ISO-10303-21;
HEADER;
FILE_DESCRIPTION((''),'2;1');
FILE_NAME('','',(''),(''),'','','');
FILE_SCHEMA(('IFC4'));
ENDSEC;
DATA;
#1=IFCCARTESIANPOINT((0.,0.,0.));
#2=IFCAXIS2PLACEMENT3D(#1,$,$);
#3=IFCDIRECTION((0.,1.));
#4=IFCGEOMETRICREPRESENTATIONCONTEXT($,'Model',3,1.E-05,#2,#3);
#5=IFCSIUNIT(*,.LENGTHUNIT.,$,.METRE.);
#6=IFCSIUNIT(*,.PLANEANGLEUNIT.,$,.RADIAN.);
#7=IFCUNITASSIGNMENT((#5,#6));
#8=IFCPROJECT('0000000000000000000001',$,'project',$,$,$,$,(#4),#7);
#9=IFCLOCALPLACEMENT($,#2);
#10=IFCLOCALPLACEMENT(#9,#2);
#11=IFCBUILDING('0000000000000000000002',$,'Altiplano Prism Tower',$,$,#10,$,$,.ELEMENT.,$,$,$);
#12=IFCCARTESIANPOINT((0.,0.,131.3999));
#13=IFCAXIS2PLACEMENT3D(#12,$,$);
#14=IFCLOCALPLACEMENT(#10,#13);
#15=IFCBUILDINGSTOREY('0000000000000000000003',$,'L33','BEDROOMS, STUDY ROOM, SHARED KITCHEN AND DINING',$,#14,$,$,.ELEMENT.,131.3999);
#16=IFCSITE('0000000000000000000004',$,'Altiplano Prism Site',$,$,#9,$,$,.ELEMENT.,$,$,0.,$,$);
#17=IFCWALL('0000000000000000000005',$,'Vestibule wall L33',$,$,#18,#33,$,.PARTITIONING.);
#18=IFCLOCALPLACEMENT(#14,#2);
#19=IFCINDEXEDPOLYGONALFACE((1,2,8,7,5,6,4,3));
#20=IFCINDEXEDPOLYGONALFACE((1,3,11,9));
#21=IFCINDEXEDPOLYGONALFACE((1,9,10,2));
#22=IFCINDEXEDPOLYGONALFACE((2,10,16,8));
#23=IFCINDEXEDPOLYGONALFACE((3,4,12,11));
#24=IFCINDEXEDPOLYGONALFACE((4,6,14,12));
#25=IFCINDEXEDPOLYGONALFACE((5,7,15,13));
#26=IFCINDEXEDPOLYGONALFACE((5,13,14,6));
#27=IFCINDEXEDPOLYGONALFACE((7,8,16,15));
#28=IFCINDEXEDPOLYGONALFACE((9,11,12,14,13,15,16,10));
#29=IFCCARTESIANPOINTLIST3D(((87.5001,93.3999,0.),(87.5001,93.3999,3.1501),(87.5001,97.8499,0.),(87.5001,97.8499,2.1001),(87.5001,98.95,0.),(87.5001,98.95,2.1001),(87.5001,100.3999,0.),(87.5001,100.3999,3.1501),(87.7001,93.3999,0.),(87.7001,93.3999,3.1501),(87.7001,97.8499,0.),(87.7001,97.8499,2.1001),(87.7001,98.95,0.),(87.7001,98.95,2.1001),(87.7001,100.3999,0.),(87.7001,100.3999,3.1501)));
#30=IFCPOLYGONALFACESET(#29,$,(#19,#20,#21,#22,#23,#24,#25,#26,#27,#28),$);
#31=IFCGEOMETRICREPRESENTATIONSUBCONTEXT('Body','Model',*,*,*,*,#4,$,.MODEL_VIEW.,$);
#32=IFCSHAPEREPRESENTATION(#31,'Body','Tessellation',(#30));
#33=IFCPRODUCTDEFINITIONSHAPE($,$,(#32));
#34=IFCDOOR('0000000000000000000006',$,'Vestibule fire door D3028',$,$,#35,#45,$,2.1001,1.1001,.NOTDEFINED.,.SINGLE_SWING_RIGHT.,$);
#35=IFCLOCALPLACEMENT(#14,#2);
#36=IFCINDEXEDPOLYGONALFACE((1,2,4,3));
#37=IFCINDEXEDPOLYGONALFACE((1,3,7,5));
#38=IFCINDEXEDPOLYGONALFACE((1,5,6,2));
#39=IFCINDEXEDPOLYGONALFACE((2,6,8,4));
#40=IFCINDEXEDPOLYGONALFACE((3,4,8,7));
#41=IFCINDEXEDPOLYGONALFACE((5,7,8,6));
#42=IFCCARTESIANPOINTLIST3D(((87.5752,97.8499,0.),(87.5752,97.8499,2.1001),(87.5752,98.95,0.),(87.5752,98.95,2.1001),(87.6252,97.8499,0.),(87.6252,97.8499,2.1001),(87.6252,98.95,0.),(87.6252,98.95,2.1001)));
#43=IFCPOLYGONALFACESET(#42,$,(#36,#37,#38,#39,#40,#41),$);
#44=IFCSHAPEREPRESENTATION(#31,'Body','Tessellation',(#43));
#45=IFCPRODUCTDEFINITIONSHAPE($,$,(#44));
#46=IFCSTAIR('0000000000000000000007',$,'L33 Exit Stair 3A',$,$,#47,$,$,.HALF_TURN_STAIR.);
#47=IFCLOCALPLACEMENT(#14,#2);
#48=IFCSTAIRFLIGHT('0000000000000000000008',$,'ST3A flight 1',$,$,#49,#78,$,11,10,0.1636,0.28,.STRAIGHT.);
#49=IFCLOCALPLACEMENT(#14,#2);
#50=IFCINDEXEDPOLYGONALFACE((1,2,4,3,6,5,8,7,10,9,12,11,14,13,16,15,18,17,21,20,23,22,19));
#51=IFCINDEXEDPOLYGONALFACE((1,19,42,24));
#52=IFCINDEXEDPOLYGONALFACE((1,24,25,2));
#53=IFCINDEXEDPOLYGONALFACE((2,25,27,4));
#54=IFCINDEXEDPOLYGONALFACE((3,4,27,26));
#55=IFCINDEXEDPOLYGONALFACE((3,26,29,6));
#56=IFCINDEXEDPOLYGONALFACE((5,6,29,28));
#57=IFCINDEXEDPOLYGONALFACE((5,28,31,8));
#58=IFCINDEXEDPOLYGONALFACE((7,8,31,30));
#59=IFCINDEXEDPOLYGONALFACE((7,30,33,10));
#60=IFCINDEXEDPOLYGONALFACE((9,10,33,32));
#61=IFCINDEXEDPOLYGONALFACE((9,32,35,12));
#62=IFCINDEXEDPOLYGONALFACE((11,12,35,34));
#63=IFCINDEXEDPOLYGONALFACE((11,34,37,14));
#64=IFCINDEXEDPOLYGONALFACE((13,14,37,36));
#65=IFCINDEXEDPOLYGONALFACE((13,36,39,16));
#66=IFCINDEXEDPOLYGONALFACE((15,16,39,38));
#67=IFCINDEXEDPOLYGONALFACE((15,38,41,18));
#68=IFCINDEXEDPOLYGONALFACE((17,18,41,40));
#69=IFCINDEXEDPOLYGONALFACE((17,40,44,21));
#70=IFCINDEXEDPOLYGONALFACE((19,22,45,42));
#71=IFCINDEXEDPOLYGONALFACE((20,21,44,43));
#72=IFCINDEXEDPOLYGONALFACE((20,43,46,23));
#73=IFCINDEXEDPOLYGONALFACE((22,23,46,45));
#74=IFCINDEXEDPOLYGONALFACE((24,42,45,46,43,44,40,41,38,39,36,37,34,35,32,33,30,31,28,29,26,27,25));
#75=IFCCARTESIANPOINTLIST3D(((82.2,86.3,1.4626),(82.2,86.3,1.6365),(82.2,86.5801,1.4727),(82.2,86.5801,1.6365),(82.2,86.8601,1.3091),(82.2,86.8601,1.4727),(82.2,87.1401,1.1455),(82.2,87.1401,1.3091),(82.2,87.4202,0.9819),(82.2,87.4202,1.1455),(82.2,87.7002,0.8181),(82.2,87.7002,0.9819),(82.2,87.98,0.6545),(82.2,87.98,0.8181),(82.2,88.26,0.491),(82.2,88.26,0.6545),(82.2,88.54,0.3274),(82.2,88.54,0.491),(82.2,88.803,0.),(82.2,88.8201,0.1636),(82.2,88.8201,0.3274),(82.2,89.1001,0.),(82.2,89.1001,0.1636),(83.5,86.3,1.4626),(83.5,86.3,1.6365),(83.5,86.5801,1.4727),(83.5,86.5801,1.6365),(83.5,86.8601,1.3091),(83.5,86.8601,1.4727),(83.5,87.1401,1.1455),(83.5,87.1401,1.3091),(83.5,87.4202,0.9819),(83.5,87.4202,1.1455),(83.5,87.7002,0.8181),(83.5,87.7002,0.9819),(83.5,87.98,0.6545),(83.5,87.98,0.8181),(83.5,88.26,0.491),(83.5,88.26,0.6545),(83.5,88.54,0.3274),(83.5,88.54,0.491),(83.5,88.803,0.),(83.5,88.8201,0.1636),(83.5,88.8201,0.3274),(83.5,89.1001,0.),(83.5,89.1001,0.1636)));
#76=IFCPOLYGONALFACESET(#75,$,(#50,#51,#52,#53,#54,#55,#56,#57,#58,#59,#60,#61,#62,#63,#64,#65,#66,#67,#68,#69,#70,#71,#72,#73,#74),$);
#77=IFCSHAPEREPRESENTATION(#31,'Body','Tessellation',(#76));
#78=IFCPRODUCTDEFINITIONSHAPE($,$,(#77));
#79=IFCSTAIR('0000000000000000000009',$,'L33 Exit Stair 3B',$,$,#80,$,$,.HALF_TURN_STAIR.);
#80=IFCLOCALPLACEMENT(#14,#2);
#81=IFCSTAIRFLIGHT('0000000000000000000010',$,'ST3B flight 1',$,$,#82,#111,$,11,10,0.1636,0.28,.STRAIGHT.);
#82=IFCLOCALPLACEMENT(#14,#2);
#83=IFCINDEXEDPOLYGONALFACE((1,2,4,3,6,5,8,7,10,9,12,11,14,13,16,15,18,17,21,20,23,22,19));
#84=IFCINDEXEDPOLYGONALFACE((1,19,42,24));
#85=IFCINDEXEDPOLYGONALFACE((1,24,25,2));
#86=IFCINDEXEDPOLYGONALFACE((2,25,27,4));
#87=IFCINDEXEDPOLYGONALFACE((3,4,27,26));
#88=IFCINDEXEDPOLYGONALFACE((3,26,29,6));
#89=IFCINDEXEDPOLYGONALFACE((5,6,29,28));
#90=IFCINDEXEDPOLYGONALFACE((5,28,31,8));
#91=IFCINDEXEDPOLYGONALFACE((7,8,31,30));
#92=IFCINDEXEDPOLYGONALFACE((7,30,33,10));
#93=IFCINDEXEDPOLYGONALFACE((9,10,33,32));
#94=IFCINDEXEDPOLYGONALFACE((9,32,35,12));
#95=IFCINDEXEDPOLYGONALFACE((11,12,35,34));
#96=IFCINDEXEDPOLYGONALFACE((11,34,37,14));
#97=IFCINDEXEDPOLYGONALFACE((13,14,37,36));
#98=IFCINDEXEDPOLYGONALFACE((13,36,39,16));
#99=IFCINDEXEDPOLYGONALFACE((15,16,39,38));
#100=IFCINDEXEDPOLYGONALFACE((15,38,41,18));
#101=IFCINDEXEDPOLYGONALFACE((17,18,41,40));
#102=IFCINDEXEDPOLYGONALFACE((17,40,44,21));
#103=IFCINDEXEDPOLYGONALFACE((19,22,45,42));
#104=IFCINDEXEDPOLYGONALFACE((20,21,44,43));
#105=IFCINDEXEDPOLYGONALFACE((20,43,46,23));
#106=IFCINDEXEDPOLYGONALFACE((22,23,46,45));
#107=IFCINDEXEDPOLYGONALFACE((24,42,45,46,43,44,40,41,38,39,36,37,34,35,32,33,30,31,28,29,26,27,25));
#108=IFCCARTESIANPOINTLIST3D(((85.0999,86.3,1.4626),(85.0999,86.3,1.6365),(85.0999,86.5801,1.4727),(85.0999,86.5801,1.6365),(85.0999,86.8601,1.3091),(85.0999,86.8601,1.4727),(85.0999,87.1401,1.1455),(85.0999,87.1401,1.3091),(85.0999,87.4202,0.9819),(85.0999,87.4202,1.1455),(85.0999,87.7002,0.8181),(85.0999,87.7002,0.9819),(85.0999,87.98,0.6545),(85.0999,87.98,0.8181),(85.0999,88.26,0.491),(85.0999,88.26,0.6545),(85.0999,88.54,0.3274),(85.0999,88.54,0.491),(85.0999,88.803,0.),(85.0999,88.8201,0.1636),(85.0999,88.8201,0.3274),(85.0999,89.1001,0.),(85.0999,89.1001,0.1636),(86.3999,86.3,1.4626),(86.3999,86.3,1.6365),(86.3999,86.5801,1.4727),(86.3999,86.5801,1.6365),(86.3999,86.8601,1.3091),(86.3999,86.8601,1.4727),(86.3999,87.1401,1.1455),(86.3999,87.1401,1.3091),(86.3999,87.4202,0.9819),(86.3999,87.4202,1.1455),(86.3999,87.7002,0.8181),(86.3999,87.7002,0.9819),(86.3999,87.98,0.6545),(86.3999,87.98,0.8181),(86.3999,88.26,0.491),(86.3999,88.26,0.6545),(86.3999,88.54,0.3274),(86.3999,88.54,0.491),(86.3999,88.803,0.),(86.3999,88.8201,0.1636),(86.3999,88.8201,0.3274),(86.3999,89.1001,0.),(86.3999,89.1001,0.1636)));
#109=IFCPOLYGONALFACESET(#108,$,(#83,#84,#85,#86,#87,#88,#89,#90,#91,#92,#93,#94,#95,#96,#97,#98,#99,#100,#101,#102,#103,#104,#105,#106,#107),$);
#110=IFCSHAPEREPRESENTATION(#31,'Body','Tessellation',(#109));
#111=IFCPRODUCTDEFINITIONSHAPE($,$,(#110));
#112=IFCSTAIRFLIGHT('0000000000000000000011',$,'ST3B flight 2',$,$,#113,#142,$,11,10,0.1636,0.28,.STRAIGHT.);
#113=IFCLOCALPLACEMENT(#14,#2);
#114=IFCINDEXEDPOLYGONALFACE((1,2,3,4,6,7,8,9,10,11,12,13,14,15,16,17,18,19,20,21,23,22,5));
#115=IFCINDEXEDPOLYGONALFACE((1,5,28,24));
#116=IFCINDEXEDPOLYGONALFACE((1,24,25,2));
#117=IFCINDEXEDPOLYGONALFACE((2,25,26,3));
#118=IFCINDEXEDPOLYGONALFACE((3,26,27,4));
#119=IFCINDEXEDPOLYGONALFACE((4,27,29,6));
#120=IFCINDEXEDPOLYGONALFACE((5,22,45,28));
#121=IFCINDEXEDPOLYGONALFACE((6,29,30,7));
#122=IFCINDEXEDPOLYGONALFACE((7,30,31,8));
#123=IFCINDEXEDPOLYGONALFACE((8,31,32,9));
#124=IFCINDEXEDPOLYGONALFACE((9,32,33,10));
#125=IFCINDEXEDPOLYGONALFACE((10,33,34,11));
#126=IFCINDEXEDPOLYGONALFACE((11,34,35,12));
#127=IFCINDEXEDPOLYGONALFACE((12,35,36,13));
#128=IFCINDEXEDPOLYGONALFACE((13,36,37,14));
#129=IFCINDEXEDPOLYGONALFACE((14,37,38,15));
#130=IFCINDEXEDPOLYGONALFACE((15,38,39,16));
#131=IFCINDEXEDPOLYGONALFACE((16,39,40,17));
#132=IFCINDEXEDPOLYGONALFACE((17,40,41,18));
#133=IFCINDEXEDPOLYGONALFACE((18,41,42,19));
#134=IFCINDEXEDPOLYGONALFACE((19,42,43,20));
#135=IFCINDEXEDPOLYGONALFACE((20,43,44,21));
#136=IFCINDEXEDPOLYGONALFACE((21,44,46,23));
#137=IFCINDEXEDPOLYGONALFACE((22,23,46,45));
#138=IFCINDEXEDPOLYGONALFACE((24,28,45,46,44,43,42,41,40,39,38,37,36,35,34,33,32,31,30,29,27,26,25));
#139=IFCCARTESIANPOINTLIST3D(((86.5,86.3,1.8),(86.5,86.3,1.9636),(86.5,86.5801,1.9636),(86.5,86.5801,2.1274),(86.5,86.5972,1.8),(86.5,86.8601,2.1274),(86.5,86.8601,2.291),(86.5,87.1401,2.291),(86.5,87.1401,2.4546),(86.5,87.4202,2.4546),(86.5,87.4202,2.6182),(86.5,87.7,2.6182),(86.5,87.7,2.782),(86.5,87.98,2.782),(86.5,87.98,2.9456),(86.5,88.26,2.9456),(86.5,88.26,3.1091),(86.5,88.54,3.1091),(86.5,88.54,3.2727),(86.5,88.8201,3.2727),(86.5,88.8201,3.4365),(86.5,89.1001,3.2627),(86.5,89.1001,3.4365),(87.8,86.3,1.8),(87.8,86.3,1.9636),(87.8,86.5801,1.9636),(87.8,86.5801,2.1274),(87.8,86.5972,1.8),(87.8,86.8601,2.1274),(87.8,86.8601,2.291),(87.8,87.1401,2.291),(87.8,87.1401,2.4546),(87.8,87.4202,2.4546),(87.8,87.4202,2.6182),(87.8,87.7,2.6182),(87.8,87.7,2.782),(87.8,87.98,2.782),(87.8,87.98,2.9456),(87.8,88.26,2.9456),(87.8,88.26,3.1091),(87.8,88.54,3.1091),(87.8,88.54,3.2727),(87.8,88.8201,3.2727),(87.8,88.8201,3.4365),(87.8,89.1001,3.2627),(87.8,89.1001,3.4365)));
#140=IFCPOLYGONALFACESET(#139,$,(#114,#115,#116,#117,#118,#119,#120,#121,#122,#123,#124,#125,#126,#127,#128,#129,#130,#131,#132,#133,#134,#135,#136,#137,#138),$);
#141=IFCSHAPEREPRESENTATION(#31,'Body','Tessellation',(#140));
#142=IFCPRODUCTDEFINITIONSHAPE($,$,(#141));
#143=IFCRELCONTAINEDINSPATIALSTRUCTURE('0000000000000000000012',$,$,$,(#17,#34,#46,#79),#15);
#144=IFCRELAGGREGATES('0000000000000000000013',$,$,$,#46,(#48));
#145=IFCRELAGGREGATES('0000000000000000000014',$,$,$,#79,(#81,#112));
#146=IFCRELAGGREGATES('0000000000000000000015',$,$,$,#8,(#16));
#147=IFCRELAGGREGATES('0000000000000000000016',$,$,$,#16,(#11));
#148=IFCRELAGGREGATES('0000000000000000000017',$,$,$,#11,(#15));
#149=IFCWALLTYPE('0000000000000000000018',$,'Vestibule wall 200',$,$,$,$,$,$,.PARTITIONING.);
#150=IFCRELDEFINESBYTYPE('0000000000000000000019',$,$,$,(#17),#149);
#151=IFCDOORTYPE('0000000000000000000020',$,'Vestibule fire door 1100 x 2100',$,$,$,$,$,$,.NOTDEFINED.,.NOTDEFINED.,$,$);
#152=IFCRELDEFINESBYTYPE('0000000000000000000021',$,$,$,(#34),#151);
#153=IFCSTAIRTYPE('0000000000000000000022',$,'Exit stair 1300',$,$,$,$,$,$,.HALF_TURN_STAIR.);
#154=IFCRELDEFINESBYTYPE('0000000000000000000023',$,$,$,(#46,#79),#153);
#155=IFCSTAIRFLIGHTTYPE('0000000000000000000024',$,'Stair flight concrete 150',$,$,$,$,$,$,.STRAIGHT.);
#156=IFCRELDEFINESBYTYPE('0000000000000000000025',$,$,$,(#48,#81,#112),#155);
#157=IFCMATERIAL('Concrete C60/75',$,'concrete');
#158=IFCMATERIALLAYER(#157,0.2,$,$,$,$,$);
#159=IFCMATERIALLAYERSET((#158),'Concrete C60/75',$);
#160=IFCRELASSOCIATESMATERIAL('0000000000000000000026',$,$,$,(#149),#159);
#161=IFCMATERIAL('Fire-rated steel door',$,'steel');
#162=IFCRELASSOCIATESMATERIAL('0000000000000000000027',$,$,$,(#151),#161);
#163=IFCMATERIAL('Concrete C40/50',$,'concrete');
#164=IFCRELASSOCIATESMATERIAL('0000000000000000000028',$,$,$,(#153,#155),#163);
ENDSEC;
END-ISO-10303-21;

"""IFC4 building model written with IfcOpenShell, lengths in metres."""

from ifc_helpers import new_model, si_unit, direction, frame, frame_2d, origin, place, context, subcontext, project, spatial, polyline, rectangle, outline, extrude, material, layer, layer_set, type_object, element, fill, aggregate, save


model = new_model("IFC4")

# Units and contexts
model_context = context("Model", 3, precision=1e-05, world=origin(), true_north=direction((0.0, 1.0)))
body_context = subcontext(model_context, "Body", "Model", "MODEL_VIEW")
ifc_project = project(units=[si_unit("LENGTHUNIT", "METRE"), si_unit("PLANEANGLEUNIT", "RADIAN")], contexts=[model_context])

# Site, building, storey
site_placement = place(None, origin())
site = spatial("IfcSite", under=ifc_project, at=site_placement, Name="Altiplano Prism Site", CompositionType="ELEMENT", RefElevation=0.0)
building_placement = place(site_placement, origin())
building = spatial("IfcBuilding", under=site, at=building_placement, Name="Altiplano Prism Tower", CompositionType="ELEMENT")
storey_placement = place(building_placement, frame((0.0, 0.0, 131.3999)))
storey = spatial("IfcBuildingStorey", under=building, at=storey_placement, Name="L33", Description="BEDROOMS, STUDY ROOM, SHARED KITCHEN AND DINING", CompositionType="ELEMENT", Elevation=131.3999)

# Shared definitions
ifc_material_1 = material(Name="Concrete C60/75", Category="concrete")

# Shared definitions
ifc_material_2 = material(Name="Fire-rated steel door", Category="steel")

# Wall, opening, door
ifc_layer_1 = layer(ifc_material_1, 0.2)
ifc_layer_set_1 = layer_set([ifc_layer_1], Name="Concrete C60/75")
wall_type_1 = type_object("IfcWallType", Name="Vestibule wall 200", PredefinedType="PARTITIONING", material=ifc_layer_set_1)
wall_1_placement = place(storey_placement, frame((87.6001, 93.3999, 0.0), z_axis=(0.0, 0.0, 1.0), x_axis=(0.0, 1.0, 0.0)))
wall_1 = element("IfcWall", 1, at=wall_1_placement, inside=storey, type_object=wall_type_1, Name="Vestibule wall L33", PredefinedType="PARTITIONING", context=body_context, shape_type="SweptSolid", body=[
    extrude(rectangle(XDim=7.0, YDim=0.2, at=frame_2d((3.5, 0.0))), origin(), (0.0, 0.0, 1.0), 3.1501),
])
opening_1_placement = place(wall_1_placement, frame((4.45, 0.0, 0.0)))
opening_1 = element("IfcOpeningElement", 2, at=opening_1_placement, cuts=wall_1, PredefinedType="OPENING", context=body_context, shape_type="SweptSolid", body=[
    extrude(rectangle(XDim=1.1001, YDim=2.1001, at=frame_2d((0.55, 1.05))), frame((0.0, 0.1104, 0.0), z_axis=(0.0, -1.0, 0.0), x_axis=(1.0, 0.0, 0.0)), (0.0, 0.0, 1.0), 0.2209),
])
door_type_1 = type_object("IfcDoorType", Name="Vestibule fire door 1100 x 2100", OperationType="NOTDEFINED", PredefinedType="NOTDEFINED", material=ifc_material_2)
door_1_placement = place(opening_1_placement, origin())
door_1 = element("IfcDoor", 3, at=door_1_placement, inside=storey, type_object=door_type_1, Name="Vestibule fire door D3028", OperationType="SINGLE_SWING_RIGHT", OverallHeight=2.1001, OverallWidth=1.1001, PredefinedType="NOTDEFINED", context=body_context, shape_type="SweptSolid", body=[
    extrude(rectangle(XDim=1.1001, YDim=2.1001, at=frame_2d((0.55, 1.05))), frame((0.0, 0.0249, 0.0), z_axis=(0.0, -1.0, 0.0), x_axis=(1.0, 0.0, 0.0)), (0.0, 0.0, 1.0), 0.05),
])
fill(opening_1, door_1)

# Stair, stair flight
ifc_material_3 = material(Name="Concrete C40/50", Category="concrete")
stair_type = type_object("IfcStairType", Name="Exit stair 1300", PredefinedType="HALF_TURN_STAIR", material=ifc_material_3)
stair_1_placement = place(storey_placement, origin())
stair_1 = element("IfcStair", 4, at=stair_1_placement, inside=storey, type_object=stair_type, Name="L33 Exit Stair 3A", PredefinedType="HALF_TURN_STAIR")
stair_flight_type = type_object("IfcStairFlightType", Name="Stair flight concrete 150", PredefinedType="STRAIGHT", material=ifc_material_3)
stair_flight_1_placement = place(storey_placement, frame((82.8501, 89.1001, 0.0), z_axis=(0.0, 0.0, 1.0), x_axis=(0.0, -1.0, 0.0)))
stair_flight_1 = element("IfcStairFlight", 5, at=stair_flight_1_placement, type_object=stair_flight_type, Name="ST3A flight 1", NumberOfRisers=11, NumberOfTreads=10, PredefinedType="STRAIGHT", RiserHeight=0.1636, TreadLength=0.28, context=body_context, shape_type="SweptSolid", body=[
    extrude(outline(polyline([(0.0, 0.0), (0.0, 0.1636), (0.28, 0.1636), (0.28, 0.3274), (0.5601, 0.3274), (0.5601, 0.491), (0.8401, 0.491), (0.8401, 0.6545), (1.1201, 0.6545), (1.1201, 0.8181), (1.3999, 0.8181), (1.3999, 0.9819), (1.6799, 0.9819), (1.6799, 1.1455), (1.96, 1.1455), (1.96, 1.3091), (2.24, 1.3091), (2.24, 1.4727), (2.52, 1.4727), (2.52, 1.6365), (2.8, 1.6365), (2.8, 1.8), (2.8, 1.4626), (0.2971, 0.0), (0.0, 0.0)])), frame((0.0, 0.6499, 0.0), z_axis=(0.0, -1.0, 0.0), x_axis=(1.0, 0.0, 0.0)), (0.0, 0.0, 1.0), 1.3),
])
aggregate(stair_1, [stair_flight_1])

# Stair, stair flights
stair_2_placement = place(storey_placement, origin())
stair_2 = element("IfcStair", 6, at=stair_2_placement, inside=storey, type_object=stair_type, Name="L33 Exit Stair 3B", PredefinedType="HALF_TURN_STAIR")
stair_flight_2_placement = place(storey_placement, frame((85.75, 89.1001, 0.0), z_axis=(0.0, 0.0, 1.0), x_axis=(0.0, -1.0, 0.0)))
stair_flight_2 = element("IfcStairFlight", 7, at=stair_flight_2_placement, type_object=stair_flight_type, Name="ST3B flight 1", NumberOfRisers=11, NumberOfTreads=10, PredefinedType="STRAIGHT", RiserHeight=0.1636, TreadLength=0.28, context=body_context, shape_type="SweptSolid", body=[
    extrude(outline(polyline([(0.0, 0.0), (0.0, 0.1636), (0.28, 0.1636), (0.28, 0.3274), (0.5601, 0.3274), (0.5601, 0.491), (0.8401, 0.491), (0.8401, 0.6545), (1.1201, 0.6545), (1.1201, 0.8181), (1.3999, 0.8181), (1.3999, 0.9819), (1.6799, 0.9819), (1.6799, 1.1455), (1.96, 1.1455), (1.96, 1.3091), (2.24, 1.3091), (2.24, 1.4727), (2.52, 1.4727), (2.52, 1.6365), (2.8, 1.6365), (2.8, 1.8), (2.8, 1.4626), (0.2971, 0.0), (0.0, 0.0)])), frame((0.0, 0.6499, 0.0), z_axis=(0.0, -1.0, 0.0), x_axis=(1.0, 0.0, 0.0)), (0.0, 0.0, 1.0), 1.3),
])
stair_flight_3_placement = place(storey_placement, frame((87.1499, 86.3, 1.8), z_axis=(0.0, 0.0, 1.0), x_axis=(0.0, 1.0, 0.0)))
stair_flight_3 = element("IfcStairFlight", 8, at=stair_flight_3_placement, type_object=stair_flight_type, Name="ST3B flight 2", NumberOfRisers=11, NumberOfTreads=10, PredefinedType="STRAIGHT", RiserHeight=0.1636, TreadLength=0.28, context=body_context, shape_type="SweptSolid", body=[
    extrude(outline(polyline([(0.0, 0.0), (0.0, 0.1636), (0.28, 0.1636), (0.28, 0.3274), (0.5601, 0.3274), (0.5601, 0.491), (0.8401, 0.491), (0.8401, 0.6545), (1.1201, 0.6545), (1.1201, 0.8181), (1.3999, 0.8181), (1.3999, 0.9819), (1.6799, 0.9819), (1.6799, 1.1455), (1.96, 1.1455), (1.96, 1.3091), (2.24, 1.3091), (2.24, 1.4727), (2.52, 1.4727), (2.52, 1.6365), (2.8, 1.6365), (2.8, 1.8), (2.8, 1.4626), (0.2971, 0.0), (0.0, 0.0)])), frame((0.0, 0.6499, 0.0), z_axis=(0.0, -1.0, 0.0), x_axis=(1.0, 0.0, 0.0)), (0.0, 0.0, 1.0), 1.3),
])
aggregate(stair_2, [stair_flight_2, stair_flight_3])

save(model, "model.ifc")
